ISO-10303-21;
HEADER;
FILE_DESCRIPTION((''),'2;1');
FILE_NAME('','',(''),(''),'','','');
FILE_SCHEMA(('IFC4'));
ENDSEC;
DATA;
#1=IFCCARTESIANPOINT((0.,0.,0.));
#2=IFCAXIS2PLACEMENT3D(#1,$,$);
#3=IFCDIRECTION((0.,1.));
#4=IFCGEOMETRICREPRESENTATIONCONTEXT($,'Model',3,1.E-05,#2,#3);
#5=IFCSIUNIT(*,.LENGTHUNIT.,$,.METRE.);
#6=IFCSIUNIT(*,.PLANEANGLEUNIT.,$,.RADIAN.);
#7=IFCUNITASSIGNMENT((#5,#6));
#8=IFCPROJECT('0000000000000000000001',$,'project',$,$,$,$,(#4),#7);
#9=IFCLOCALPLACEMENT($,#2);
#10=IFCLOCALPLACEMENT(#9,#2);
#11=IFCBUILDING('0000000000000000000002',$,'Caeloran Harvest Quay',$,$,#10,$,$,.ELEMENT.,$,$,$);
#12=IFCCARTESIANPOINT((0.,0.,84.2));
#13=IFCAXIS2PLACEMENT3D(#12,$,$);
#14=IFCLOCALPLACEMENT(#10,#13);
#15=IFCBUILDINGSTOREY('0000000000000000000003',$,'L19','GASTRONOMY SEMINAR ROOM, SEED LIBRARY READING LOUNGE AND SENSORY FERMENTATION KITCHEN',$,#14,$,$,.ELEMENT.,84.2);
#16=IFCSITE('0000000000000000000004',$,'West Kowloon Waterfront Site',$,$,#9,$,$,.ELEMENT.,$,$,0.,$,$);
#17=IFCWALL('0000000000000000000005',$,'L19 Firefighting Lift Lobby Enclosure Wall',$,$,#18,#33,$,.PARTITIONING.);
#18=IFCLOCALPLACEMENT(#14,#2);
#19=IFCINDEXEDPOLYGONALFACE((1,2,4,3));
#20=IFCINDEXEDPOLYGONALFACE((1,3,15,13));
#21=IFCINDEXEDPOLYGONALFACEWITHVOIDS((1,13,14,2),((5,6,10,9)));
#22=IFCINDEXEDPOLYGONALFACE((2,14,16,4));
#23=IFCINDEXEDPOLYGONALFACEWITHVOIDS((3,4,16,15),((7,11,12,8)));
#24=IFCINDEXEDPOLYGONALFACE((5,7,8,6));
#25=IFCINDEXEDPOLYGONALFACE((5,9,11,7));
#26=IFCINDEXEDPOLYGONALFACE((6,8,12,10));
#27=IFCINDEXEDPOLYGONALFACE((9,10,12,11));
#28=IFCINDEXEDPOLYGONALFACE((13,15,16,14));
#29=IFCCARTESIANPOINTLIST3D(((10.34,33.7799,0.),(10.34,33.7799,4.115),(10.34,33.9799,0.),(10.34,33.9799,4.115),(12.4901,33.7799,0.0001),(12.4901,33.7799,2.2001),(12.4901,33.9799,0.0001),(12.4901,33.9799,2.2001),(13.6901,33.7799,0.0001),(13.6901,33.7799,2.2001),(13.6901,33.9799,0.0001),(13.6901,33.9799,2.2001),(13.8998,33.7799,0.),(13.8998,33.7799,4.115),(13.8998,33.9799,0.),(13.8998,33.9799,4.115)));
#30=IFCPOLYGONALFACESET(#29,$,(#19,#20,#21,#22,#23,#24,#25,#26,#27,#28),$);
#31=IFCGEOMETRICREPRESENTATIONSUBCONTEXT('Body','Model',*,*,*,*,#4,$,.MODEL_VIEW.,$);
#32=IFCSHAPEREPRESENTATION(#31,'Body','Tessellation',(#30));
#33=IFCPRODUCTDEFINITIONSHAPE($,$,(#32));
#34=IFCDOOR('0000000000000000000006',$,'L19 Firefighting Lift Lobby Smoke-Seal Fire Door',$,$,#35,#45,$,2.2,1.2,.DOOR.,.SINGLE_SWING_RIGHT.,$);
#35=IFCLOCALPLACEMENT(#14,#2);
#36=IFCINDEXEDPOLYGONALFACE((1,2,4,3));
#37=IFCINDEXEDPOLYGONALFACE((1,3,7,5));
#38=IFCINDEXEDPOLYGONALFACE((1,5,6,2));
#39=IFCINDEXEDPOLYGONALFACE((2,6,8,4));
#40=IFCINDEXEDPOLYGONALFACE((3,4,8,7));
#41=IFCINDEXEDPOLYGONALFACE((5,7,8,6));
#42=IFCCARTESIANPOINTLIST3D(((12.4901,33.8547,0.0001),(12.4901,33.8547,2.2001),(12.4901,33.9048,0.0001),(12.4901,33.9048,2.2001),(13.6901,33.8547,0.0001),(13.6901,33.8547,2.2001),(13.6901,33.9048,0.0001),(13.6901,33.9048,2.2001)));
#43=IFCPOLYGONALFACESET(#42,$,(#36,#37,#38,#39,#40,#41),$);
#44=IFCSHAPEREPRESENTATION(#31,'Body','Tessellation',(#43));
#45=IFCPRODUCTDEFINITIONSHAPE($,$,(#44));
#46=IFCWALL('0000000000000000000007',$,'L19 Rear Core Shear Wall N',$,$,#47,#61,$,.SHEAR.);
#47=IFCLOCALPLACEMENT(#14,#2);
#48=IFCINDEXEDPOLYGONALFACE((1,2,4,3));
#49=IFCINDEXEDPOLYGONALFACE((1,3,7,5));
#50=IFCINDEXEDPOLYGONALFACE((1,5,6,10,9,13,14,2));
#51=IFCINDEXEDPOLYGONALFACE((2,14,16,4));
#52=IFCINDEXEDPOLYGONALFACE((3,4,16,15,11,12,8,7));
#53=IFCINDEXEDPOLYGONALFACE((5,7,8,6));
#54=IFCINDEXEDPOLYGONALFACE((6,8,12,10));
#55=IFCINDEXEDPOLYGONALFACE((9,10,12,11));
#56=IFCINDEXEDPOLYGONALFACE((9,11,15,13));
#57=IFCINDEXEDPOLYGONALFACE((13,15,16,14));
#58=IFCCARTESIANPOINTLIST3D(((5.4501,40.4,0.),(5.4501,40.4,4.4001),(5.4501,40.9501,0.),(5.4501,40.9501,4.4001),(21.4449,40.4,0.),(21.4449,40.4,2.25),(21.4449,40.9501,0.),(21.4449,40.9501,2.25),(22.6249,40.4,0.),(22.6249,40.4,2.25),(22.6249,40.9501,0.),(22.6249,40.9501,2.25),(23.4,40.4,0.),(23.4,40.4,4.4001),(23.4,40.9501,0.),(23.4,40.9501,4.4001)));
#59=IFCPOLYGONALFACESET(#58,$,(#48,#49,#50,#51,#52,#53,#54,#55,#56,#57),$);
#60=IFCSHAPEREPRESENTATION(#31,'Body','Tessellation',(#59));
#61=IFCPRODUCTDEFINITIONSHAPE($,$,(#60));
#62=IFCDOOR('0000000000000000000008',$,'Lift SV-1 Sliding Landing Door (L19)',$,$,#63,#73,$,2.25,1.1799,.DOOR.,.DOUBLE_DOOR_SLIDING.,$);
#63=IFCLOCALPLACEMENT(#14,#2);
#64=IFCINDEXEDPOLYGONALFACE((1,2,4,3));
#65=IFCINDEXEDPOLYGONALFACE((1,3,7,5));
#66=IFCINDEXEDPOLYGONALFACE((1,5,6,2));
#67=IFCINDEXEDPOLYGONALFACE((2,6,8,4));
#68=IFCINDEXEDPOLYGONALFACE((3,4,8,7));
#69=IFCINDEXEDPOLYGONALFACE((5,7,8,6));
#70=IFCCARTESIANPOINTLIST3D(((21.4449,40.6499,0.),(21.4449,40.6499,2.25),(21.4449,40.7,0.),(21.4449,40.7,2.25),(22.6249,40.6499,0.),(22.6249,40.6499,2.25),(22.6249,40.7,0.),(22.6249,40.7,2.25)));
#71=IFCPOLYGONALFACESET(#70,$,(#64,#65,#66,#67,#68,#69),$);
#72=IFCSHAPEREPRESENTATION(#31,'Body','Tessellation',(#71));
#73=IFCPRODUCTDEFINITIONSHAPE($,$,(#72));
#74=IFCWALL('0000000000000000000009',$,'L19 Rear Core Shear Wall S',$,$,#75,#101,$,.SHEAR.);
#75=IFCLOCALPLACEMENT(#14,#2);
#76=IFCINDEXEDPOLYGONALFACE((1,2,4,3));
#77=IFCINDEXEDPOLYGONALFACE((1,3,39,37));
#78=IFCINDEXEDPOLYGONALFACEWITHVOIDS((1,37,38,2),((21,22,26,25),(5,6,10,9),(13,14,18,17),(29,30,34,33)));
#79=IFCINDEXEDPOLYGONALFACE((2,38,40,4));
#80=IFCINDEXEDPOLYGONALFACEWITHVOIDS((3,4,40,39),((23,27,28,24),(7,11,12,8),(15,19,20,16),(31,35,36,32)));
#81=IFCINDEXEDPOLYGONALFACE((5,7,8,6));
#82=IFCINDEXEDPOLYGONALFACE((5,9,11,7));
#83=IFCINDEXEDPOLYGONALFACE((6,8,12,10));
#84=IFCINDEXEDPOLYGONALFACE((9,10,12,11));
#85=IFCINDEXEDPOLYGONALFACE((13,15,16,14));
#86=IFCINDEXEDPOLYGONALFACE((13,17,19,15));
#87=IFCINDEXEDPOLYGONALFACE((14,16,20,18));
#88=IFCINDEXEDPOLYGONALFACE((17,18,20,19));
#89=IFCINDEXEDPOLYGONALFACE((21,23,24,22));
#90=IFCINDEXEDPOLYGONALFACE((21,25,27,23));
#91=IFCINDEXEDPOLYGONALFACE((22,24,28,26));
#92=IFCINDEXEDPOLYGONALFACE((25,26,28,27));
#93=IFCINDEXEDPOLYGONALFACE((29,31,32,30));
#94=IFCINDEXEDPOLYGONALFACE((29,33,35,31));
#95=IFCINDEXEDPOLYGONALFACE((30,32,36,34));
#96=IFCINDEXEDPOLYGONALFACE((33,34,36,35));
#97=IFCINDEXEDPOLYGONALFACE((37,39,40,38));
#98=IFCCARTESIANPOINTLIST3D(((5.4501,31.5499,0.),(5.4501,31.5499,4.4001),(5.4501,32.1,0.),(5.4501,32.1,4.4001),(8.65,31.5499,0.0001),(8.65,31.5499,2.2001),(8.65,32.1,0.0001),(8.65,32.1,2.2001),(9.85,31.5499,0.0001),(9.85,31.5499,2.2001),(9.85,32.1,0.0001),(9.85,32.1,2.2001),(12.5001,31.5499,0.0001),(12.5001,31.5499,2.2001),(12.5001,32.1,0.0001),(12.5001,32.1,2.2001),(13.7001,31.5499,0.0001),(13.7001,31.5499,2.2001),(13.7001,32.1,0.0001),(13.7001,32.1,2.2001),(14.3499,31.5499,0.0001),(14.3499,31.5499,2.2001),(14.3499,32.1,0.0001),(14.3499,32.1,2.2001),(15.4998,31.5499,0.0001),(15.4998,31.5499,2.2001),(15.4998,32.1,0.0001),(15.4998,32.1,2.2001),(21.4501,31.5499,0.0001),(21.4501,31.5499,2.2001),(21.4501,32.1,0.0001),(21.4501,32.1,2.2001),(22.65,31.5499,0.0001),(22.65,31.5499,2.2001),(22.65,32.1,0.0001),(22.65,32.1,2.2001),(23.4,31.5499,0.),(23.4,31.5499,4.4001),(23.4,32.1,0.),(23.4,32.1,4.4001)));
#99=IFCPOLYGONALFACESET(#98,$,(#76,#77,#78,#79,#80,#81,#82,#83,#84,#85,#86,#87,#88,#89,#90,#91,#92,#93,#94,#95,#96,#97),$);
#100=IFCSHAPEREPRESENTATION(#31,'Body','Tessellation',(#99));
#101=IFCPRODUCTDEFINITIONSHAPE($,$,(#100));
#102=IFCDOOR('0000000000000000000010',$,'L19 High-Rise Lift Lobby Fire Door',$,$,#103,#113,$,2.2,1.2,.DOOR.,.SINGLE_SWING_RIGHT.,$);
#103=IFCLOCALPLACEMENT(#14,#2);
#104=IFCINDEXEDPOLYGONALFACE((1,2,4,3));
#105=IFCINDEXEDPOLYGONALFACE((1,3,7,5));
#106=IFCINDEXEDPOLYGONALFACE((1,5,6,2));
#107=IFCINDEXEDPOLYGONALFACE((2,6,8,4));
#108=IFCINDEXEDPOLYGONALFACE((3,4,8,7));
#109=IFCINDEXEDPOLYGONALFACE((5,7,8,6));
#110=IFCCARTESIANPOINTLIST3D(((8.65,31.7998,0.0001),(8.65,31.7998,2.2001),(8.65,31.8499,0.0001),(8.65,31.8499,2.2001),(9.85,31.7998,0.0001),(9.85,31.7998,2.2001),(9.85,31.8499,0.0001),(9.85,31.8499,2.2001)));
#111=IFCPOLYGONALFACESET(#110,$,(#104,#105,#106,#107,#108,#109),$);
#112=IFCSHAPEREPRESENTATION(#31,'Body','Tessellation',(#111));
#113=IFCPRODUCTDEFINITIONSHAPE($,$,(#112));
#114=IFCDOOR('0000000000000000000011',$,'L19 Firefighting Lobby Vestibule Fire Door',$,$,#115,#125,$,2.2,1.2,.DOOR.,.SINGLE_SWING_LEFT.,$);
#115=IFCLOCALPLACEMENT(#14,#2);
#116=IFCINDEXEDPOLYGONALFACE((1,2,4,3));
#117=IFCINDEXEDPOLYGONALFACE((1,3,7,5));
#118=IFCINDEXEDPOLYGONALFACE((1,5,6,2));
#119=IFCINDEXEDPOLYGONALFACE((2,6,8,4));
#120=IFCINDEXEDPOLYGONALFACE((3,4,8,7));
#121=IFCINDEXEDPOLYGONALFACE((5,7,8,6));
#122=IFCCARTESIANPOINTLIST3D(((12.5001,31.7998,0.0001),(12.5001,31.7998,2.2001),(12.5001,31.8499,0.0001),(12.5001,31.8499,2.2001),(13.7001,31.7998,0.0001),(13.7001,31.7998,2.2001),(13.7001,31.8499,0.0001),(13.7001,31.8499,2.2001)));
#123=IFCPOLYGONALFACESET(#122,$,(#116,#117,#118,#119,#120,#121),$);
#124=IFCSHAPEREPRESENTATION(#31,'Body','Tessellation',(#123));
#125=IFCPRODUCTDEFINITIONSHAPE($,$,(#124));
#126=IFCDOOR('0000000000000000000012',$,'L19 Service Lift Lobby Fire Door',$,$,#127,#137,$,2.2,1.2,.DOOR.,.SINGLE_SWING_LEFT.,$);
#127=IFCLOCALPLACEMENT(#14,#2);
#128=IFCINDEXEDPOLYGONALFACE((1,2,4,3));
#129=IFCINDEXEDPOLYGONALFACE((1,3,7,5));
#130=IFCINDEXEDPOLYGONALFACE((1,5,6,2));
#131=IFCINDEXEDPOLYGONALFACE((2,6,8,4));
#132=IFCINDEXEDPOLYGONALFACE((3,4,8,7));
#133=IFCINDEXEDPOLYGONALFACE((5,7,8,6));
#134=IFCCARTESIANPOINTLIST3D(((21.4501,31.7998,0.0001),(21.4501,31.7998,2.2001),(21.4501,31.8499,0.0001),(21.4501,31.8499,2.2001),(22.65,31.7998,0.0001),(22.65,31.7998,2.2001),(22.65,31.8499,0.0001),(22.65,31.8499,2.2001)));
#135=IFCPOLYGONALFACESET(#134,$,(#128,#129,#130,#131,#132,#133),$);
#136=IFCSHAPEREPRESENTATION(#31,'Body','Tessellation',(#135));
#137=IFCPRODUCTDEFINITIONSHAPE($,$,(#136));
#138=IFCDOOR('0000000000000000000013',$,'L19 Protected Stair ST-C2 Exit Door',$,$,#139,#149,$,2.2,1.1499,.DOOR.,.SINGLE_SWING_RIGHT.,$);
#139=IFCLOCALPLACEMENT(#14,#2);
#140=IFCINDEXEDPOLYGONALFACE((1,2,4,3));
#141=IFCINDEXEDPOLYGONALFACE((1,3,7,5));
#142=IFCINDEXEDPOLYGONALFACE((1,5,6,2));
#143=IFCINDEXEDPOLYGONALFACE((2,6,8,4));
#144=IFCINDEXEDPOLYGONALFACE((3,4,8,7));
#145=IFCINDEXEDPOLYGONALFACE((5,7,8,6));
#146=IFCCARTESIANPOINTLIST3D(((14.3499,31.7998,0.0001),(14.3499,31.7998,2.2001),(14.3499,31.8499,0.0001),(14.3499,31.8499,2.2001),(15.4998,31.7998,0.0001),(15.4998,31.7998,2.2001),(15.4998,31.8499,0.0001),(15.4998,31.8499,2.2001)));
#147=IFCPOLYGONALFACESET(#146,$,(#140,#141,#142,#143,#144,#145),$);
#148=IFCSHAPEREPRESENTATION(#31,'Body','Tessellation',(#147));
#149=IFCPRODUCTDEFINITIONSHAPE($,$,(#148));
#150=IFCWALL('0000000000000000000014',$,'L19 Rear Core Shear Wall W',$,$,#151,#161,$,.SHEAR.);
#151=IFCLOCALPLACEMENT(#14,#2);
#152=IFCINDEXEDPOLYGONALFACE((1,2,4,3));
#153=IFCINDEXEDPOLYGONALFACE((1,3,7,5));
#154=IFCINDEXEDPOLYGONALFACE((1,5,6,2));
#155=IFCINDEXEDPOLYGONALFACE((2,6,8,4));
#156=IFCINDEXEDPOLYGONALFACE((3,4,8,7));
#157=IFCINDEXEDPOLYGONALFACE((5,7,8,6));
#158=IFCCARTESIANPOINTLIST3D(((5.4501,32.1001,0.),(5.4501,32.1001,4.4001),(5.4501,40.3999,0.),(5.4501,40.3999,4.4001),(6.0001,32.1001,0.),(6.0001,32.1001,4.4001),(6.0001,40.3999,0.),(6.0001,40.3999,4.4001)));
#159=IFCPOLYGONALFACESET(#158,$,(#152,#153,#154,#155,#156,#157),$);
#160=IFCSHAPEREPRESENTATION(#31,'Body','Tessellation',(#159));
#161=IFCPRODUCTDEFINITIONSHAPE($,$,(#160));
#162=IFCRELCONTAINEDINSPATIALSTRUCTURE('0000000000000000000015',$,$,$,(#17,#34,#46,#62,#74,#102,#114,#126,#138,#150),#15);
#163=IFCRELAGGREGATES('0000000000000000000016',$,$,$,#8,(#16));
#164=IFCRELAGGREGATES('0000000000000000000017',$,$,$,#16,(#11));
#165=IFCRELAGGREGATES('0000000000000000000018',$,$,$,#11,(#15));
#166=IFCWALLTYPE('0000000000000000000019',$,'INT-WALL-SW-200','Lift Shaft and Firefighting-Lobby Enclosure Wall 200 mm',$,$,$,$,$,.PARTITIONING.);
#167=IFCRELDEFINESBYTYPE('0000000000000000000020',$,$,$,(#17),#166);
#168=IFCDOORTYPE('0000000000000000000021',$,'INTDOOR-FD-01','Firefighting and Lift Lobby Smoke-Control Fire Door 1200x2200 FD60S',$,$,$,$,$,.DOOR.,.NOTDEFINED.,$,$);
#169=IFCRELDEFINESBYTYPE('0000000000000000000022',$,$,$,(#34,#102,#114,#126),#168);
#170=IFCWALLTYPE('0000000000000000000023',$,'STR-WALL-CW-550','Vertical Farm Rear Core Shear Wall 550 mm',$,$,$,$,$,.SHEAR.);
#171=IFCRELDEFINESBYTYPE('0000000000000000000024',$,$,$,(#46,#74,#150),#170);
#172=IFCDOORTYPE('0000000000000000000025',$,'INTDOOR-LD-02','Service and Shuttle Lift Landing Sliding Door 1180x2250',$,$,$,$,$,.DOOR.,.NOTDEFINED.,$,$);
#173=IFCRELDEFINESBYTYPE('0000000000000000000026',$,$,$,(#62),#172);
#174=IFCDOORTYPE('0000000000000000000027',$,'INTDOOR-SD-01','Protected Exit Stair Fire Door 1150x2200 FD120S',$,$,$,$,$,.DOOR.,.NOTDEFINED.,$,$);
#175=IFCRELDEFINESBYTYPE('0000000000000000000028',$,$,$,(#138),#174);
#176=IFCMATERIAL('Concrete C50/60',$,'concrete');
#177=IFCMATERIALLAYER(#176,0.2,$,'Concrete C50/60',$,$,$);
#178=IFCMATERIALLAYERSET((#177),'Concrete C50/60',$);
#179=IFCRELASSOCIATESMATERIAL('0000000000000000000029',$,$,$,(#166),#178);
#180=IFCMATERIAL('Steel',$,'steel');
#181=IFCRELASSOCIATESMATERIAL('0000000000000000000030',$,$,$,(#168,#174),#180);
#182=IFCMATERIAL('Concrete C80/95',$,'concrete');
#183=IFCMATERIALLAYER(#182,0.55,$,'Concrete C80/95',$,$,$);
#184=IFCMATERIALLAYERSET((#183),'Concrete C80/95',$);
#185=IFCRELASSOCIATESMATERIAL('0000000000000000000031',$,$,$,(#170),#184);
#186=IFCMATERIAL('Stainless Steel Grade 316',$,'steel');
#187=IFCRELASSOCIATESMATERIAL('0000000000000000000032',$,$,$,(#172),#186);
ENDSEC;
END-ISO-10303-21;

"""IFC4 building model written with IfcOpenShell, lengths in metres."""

from ifc_helpers import new_model, si_unit, direction, frame, frame_2d, origin, place, context, subcontext, project, spatial, rectangle, extrude, material, layer, layer_set, type_object, element, fill, save


model = new_model("IFC4")

# Units and contexts
model_context = context("Model", 3, precision=1e-05, world=origin(), true_north=direction((0.0, 1.0)))
body_context = subcontext(model_context, "Body", "Model", "MODEL_VIEW")
ifc_project = project(units=[si_unit("LENGTHUNIT", "METRE"), si_unit("PLANEANGLEUNIT", "RADIAN")], contexts=[model_context])

# Site, building, storey
site_placement = place(None, origin())
site = spatial("IfcSite", under=ifc_project, at=site_placement, Name="West Kowloon Waterfront Site", CompositionType="ELEMENT", RefElevation=0.0)
building_placement = place(site_placement, origin())
building = spatial("IfcBuilding", under=site, at=building_placement, Name="Caeloran Harvest Quay", CompositionType="ELEMENT")
storey_placement = place(building_placement, frame((0.0, 0.0, 84.2)))
storey = spatial("IfcBuildingStorey", under=building, at=storey_placement, Name="L19", Description="GASTRONOMY SEMINAR ROOM, SEED LIBRARY READING LOUNGE AND SENSORY FERMENTATION KITCHEN", CompositionType="ELEMENT", Elevation=84.2)

# Shared definitions
ifc_material_1 = material(Name="Concrete C80/95", Category="concrete")

# Shared definitions
ifc_material_2 = material(Name="Concrete C50/60", Category="concrete")
ifc_layer_1 = layer(ifc_material_2, 0.2, Name="Concrete C50/60")
ifc_layer_set_1 = layer_set([ifc_layer_1], Name="Concrete C50/60")
wall_type_1 = type_object("IfcWallType", Name="INT-WALL-SW-200", Description="Lift Shaft and Firefighting-Lobby Enclosure Wall 200 mm", PredefinedType="PARTITIONING", material=ifc_layer_set_1)

# Shared definitions
ifc_material_3 = material(Name="Stainless Steel Grade 316", Category="steel")

# Walls, openings, doors
wall_1_placement = place(storey_placement, frame((10.3401, 33.8799, 0.0), z_axis=(0.0, 0.0, 1.0), x_axis=(1.0, 0.0, 0.0)))
wall_1 = element("IfcWall", 1, at=wall_1_placement, inside=storey, type_object=wall_type_1, Name="L19 Firefighting Lift Lobby Enclosure Wall", PredefinedType="PARTITIONING", context=body_context, shape_type="SweptSolid", body=[
    extrude(rectangle(XDim=3.5598, YDim=0.2, at=frame_2d((1.7798, 0.0))), origin(), (0.0, 0.0, 1.0), 4.115),
])
opening_1_placement = place(wall_1_placement, frame((2.1499, 0.0, 0.0)))
opening_1 = element("IfcOpeningElement", 2, at=opening_1_placement, cuts=wall_1, PredefinedType="OPENING", context=body_context, shape_type="SweptSolid", body=[
    extrude(rectangle(XDim=1.2, YDim=2.2, at=frame_2d((0.6001, 1.1001))), frame((0.0, 0.1099, 0.0), z_axis=(0.0, -1.0, 0.0), x_axis=(1.0, 0.0, 0.0)), (0.0, 0.0, 1.0), 0.22),
])
ifc_material_4 = material(Name="Steel", Category="steel")
door_type_1 = type_object("IfcDoorType", Name="INTDOOR-FD-01", Description="Firefighting and Lift Lobby Smoke-Control Fire Door 1200x2200 FD60S", OperationType="NOTDEFINED", PredefinedType="DOOR", material=ifc_material_4)
door_1_placement = place(opening_1_placement, origin())
door_1 = element("IfcDoor", 3, at=door_1_placement, inside=storey, type_object=door_type_1, Name="L19 Firefighting Lift Lobby Smoke-Seal Fire Door", OperationType="SINGLE_SWING_RIGHT", OverallHeight=2.2, OverallWidth=1.2, PredefinedType="DOOR", context=body_context, shape_type="SweptSolid", body=[
    extrude(rectangle(XDim=1.2, YDim=2.2, at=frame_2d((0.6001, 1.1001))), frame((0.0, 0.0249, 0.0), z_axis=(0.0, -1.0, 0.0), x_axis=(1.0, 0.0, 0.0)), (0.0, 0.0, 1.0), 0.05),
])
fill(opening_1, door_1)
ifc_layer_2 = layer(ifc_material_1, 0.55, Name="Concrete C80/95")
ifc_layer_set_2 = layer_set([ifc_layer_2], Name="Concrete C80/95")
wall_type_2 = type_object("IfcWallType", Name="STR-WALL-CW-550", Description="Vertical Farm Rear Core Shear Wall 550 mm", PredefinedType="SHEAR", material=ifc_layer_set_2)
wall_2_placement = place(storey_placement, frame((5.45, 40.675, 0.0), z_axis=(0.0, 0.0, 1.0), x_axis=(1.0, 0.0, 0.0)))
wall_2 = element("IfcWall", 4, at=wall_2_placement, inside=storey, type_object=wall_type_2, Name="L19 Rear Core Shear Wall N", PredefinedType="SHEAR", context=body_context, shape_type="SweptSolid", body=[
    extrude(rectangle(XDim=17.95, YDim=0.55, at=frame_2d((8.9751, 0.0))), origin(), (0.0, 0.0, 1.0), 4.4001),
])
opening_2_placement = place(wall_2_placement, frame((15.9951, 0.0, 0.0)))
opening_2 = element("IfcOpeningElement", 5, at=opening_2_placement, cuts=wall_2, PredefinedType="OPENING", context=body_context, shape_type="SweptSolid", body=[
    extrude(rectangle(XDim=1.1799, YDim=2.25, at=frame_2d((0.5898, 1.125))), frame((0.0, 0.2852, 0.0), z_axis=(0.0, -1.0, 0.0), x_axis=(1.0, 0.0, 0.0)), (0.0, 0.0, 1.0), 0.5701),
])
door_type_2 = type_object("IfcDoorType", Name="INTDOOR-LD-02", Description="Service and Shuttle Lift Landing Sliding Door 1180x2250", OperationType="NOTDEFINED", PredefinedType="DOOR", material=ifc_material_3)
door_2_placement = place(opening_2_placement, origin())
door_2 = element("IfcDoor", 6, at=door_2_placement, inside=storey, type_object=door_type_2, Name="Lift SV-1 Sliding Landing Door (L19)", OperationType="DOUBLE_DOOR_SLIDING", OverallHeight=2.25, OverallWidth=1.1799, PredefinedType="DOOR", context=body_context, shape_type="SweptSolid", body=[
    extrude(rectangle(XDim=1.1799, YDim=2.25, at=frame_2d((0.5898, 1.125))), frame((0.0, 0.0249, 0.0), z_axis=(0.0, -1.0, 0.0), x_axis=(1.0, 0.0, 0.0)), (0.0, 0.0, 1.0), 0.05),
])
fill(opening_2, door_2)

# Wall, openings, doors
wall_3_placement = place(storey_placement, frame((5.45, 31.825, 0.0), z_axis=(0.0, 0.0, 1.0), x_axis=(1.0, 0.0, 0.0)))
wall_3 = element("IfcWall", 7, at=wall_3_placement, inside=storey, type_object=wall_type_2, Name="L19 Rear Core Shear Wall S", PredefinedType="SHEAR", context=body_context, shape_type="SweptSolid", body=[
    extrude(rectangle(XDim=17.95, YDim=0.55, at=frame_2d((8.9751, 0.0))), origin(), (0.0, 0.0, 1.0), 4.4001),
])
opening_3_placement = place(wall_3_placement, frame((3.2, 0.0, 0.0)))
opening_3 = element("IfcOpeningElement", 8, at=opening_3_placement, cuts=wall_3, PredefinedType="OPENING", context=body_context, shape_type="SweptSolid", body=[
    extrude(rectangle(XDim=1.2, YDim=2.2, at=frame_2d((0.6001, 1.1001))), frame((0.0, 0.2852, 0.0), z_axis=(0.0, -1.0, 0.0), x_axis=(1.0, 0.0, 0.0)), (0.0, 0.0, 1.0), 0.5701),
])
opening_4_placement = place(wall_3_placement, frame((7.05, 0.0, 0.0)))
opening_4 = element("IfcOpeningElement", 9, at=opening_4_placement, cuts=wall_3, PredefinedType="OPENING", context=body_context, shape_type="SweptSolid", body=[
    extrude(rectangle(XDim=1.2, YDim=2.2, at=frame_2d((0.6001, 1.1001))), frame((0.0, 0.2852, 0.0), z_axis=(0.0, -1.0, 0.0), x_axis=(1.0, 0.0, 0.0)), (0.0, 0.0, 1.0), 0.5701),
])
opening_5_placement = place(wall_3_placement, frame((8.8999, 0.0, 0.0)))
opening_5 = element("IfcOpeningElement", 10, at=opening_5_placement, cuts=wall_3, PredefinedType="OPENING", context=body_context, shape_type="SweptSolid", body=[
    extrude(rectangle(XDim=1.1499, YDim=2.2, at=frame_2d((0.575, 1.1001))), frame((0.0, 0.2852, 0.0), z_axis=(0.0, -1.0, 0.0), x_axis=(1.0, 0.0, 0.0)), (0.0, 0.0, 1.0), 0.5701),
])
opening_6_placement = place(wall_3_placement, frame((16.0, 0.0, 0.0)))
opening_6 = element("IfcOpeningElement", 11, at=opening_6_placement, cuts=wall_3, PredefinedType="OPENING", context=body_context, shape_type="SweptSolid", body=[
    extrude(rectangle(XDim=1.2, YDim=2.2, at=frame_2d((0.6001, 1.1001))), frame((0.0, 0.2852, 0.0), z_axis=(0.0, -1.0, 0.0), x_axis=(1.0, 0.0, 0.0)), (0.0, 0.0, 1.0), 0.5701),
])
door_3_placement = place(opening_3_placement, origin())
door_3 = element("IfcDoor", 12, at=door_3_placement, inside=storey, type_object=door_type_1, Name="L19 High-Rise Lift Lobby Fire Door", OperationType="SINGLE_SWING_RIGHT", OverallHeight=2.2, OverallWidth=1.2, PredefinedType="DOOR", context=body_context, shape_type="SweptSolid", body=[
    extrude(rectangle(XDim=1.2, YDim=2.2, at=frame_2d((0.6001, 1.1001))), frame((0.0, 0.0249, 0.0), z_axis=(0.0, -1.0, 0.0), x_axis=(1.0, 0.0, 0.0)), (0.0, 0.0, 1.0), 0.05),
])
fill(opening_3, door_3)
door_4_placement = place(opening_4_placement, origin())
door_4 = element("IfcDoor", 13, at=door_4_placement, inside=storey, type_object=door_type_1, Name="L19 Firefighting Lobby Vestibule Fire Door", OperationType="SINGLE_SWING_LEFT", OverallHeight=2.2, OverallWidth=1.2, PredefinedType="DOOR", context=body_context, shape_type="SweptSolid", body=[
    extrude(rectangle(XDim=1.2, YDim=2.2, at=frame_2d((0.6001, 1.1001))), frame((0.0, 0.0249, 0.0), z_axis=(0.0, -1.0, 0.0), x_axis=(1.0, 0.0, 0.0)), (0.0, 0.0, 1.0), 0.05),
])
fill(opening_4, door_4)
door_5_placement = place(opening_6_placement, origin())
door_5 = element("IfcDoor", 14, at=door_5_placement, inside=storey, type_object=door_type_1, Name="L19 Service Lift Lobby Fire Door", OperationType="SINGLE_SWING_LEFT", OverallHeight=2.2, OverallWidth=1.2, PredefinedType="DOOR", context=body_context, shape_type="SweptSolid", body=[
    extrude(rectangle(XDim=1.2, YDim=2.2, at=frame_2d((0.6001, 1.1001))), frame((0.0, 0.0249, 0.0), z_axis=(0.0, -1.0, 0.0), x_axis=(1.0, 0.0, 0.0)), (0.0, 0.0, 1.0), 0.05),
])
fill(opening_6, door_5)
door_type_3 = type_object("IfcDoorType", Name="INTDOOR-SD-01", Description="Protected Exit Stair Fire Door 1150x2200 FD120S", OperationType="NOTDEFINED", PredefinedType="DOOR", material=ifc_material_4)
door_6_placement = place(opening_5_placement, origin())
door_6 = element("IfcDoor", 15, at=door_6_placement, inside=storey, type_object=door_type_3, Name="L19 Protected Stair ST-C2 Exit Door", OperationType="SINGLE_SWING_RIGHT", OverallHeight=2.2, OverallWidth=1.1499, PredefinedType="DOOR", context=body_context, shape_type="SweptSolid", body=[
    extrude(rectangle(XDim=1.1499, YDim=2.2, at=frame_2d((0.575, 1.1001))), frame((0.0, 0.0249, 0.0), z_axis=(0.0, -1.0, 0.0), x_axis=(1.0, 0.0, 0.0)), (0.0, 0.0, 1.0), 0.05),
])
fill(opening_5, door_6)

# Wall
wall_4_placement = place(storey_placement, frame((5.7251, 32.1001, 0.0), z_axis=(0.0, 0.0, 1.0), x_axis=(0.0, 1.0, 0.0)))
element("IfcWall", 16, at=wall_4_placement, inside=storey, type_object=wall_type_2, Name="L19 Rear Core Shear Wall W", PredefinedType="SHEAR", context=body_context, shape_type="SweptSolid", body=[
    extrude(rectangle(XDim=8.2998, YDim=0.55, at=frame_2d((4.1499, 0.0))), origin(), (0.0, 0.0, 1.0), 4.4001),
])

save(model, "model.ifc")
